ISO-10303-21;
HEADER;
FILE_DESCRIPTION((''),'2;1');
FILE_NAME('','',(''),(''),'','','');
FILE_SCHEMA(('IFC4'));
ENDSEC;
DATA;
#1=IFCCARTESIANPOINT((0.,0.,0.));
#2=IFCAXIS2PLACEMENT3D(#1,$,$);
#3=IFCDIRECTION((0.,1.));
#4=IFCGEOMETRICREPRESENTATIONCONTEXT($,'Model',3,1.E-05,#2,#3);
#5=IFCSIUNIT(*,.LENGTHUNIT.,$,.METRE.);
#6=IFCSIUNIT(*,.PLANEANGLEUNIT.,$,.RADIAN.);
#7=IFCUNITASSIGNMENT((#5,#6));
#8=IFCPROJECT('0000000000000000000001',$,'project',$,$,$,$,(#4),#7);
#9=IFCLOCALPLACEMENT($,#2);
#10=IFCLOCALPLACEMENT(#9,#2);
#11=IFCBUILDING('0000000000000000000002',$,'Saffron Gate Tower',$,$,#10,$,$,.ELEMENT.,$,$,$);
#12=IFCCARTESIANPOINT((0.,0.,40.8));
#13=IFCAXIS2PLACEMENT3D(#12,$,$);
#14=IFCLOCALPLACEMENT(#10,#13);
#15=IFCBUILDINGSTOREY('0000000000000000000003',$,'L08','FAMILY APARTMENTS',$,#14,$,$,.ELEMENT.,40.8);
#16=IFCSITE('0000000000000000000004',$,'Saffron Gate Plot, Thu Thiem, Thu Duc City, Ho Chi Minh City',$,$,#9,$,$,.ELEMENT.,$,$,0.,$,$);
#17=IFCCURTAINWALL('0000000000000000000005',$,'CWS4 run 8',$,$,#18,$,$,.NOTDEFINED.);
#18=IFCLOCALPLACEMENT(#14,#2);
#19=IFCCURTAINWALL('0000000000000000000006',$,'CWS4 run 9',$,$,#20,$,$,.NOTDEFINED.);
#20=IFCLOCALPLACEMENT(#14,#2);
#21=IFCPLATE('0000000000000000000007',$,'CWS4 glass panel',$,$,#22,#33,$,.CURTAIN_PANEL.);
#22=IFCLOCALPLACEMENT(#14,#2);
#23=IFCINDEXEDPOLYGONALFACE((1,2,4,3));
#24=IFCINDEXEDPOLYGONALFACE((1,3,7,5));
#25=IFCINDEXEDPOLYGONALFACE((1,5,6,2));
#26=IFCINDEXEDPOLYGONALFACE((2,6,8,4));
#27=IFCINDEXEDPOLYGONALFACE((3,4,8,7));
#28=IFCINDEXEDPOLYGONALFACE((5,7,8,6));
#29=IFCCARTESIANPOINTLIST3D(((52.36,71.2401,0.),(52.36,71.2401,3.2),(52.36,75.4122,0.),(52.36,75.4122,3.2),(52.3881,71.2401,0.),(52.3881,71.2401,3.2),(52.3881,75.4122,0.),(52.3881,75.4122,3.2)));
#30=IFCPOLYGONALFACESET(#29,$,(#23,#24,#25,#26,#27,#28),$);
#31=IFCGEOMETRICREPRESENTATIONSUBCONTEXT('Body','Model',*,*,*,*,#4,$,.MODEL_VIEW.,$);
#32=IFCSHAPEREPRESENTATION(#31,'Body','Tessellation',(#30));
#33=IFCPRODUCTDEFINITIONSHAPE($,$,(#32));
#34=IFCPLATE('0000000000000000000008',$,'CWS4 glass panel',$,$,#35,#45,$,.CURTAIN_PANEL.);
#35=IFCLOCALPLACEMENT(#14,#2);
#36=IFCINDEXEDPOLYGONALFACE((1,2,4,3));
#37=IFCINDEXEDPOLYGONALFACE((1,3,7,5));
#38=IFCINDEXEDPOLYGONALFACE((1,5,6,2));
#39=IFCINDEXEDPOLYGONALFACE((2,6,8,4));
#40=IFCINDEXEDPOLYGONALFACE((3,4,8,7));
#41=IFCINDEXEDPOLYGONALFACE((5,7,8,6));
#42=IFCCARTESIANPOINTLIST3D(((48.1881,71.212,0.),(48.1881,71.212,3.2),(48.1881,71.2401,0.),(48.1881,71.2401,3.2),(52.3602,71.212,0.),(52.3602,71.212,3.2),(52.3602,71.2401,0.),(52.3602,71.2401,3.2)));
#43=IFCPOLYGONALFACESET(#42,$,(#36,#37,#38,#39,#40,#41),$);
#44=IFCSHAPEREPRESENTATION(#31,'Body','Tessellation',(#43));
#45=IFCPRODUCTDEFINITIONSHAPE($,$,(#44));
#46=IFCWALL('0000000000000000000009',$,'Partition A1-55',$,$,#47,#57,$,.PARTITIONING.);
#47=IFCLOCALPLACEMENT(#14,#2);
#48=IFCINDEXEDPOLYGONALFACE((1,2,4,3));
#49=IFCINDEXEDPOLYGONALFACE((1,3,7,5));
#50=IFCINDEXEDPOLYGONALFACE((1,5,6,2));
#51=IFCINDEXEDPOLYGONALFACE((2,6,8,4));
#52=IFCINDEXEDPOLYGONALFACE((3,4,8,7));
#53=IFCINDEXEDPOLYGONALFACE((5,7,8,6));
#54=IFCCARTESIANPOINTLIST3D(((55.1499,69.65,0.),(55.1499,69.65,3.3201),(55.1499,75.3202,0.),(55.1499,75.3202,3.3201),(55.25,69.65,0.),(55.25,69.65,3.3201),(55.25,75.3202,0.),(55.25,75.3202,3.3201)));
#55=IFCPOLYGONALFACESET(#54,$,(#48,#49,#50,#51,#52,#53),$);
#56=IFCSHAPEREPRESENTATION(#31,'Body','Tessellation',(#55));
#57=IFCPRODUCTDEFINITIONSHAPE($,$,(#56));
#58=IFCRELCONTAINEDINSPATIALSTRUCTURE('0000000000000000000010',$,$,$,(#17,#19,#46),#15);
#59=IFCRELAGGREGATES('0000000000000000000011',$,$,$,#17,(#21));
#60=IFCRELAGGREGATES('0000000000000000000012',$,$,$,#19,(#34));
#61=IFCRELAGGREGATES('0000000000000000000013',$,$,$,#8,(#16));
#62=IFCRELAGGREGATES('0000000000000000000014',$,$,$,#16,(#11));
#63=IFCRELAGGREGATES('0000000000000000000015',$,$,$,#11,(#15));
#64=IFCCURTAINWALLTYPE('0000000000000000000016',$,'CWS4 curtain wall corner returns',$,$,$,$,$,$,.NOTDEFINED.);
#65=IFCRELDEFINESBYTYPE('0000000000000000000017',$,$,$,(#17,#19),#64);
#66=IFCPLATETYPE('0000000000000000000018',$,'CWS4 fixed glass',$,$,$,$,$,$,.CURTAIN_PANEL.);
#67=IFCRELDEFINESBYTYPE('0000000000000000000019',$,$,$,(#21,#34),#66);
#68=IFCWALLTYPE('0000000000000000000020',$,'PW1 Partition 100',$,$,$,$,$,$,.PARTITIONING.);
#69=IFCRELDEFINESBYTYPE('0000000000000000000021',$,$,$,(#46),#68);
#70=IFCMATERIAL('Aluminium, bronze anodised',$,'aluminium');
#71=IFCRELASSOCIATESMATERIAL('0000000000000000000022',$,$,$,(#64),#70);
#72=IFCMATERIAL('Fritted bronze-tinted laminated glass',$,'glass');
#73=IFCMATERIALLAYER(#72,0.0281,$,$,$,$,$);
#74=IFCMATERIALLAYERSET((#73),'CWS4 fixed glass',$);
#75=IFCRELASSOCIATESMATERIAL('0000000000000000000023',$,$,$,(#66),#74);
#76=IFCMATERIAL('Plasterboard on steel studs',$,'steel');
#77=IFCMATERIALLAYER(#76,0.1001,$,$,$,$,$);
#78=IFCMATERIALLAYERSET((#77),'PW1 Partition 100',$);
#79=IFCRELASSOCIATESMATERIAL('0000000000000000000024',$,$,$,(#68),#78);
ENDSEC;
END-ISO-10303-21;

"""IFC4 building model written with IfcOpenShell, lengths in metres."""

from ifc_helpers import new_model, si_unit, direction, frame, frame_2d, origin, place, context, subcontext, project, spatial, rectangle, extrude, material, layer, layer_set, type_object, element, aggregate, save


model = new_model("IFC4")

# Units and contexts
model_context = context("Model", 3, precision=1e-05, world=origin(), true_north=direction((0.0, 1.0)))
body_context = subcontext(model_context, "Body", "Model", "MODEL_VIEW")
ifc_project = project(units=[si_unit("LENGTHUNIT", "METRE"), si_unit("PLANEANGLEUNIT", "RADIAN")], contexts=[model_context])

# Site, building, storey
site_placement = place(None, origin())
site = spatial("IfcSite", under=ifc_project, at=site_placement, Name="Saffron Gate Plot, Thu Thiem, Thu Duc City, Ho Chi Minh City", CompositionType="ELEMENT", RefElevation=0.0)
building_placement = place(site_placement, origin())
building = spatial("IfcBuilding", under=site, at=building_placement, Name="Saffron Gate Tower", CompositionType="ELEMENT")
storey_placement = place(building_placement, frame((0.0, 0.0, 40.8)))
storey = spatial("IfcBuildingStorey", under=building, at=storey_placement, Name="L08", Description="FAMILY APARTMENTS", CompositionType="ELEMENT", Elevation=40.8)

# Shared definitions
ifc_material_1 = material(Name="Aluminium, bronze anodised", Category="aluminium")

# Curtain walls
curtain_wall_type_1 = type_object("IfcCurtainWallType", Name="CWS4 curtain wall corner returns", PredefinedType="NOTDEFINED", material=ifc_material_1)
curtain_wall_1_placement = place(storey_placement, origin())
curtain_wall_1 = element("IfcCurtainWall", 1, at=curtain_wall_1_placement, inside=storey, type_object=curtain_wall_type_1, Name="CWS4 run 8", PredefinedType="NOTDEFINED")
curtain_wall_2_placement = place(storey_placement, origin())
curtain_wall_2 = element("IfcCurtainWall", 2, at=curtain_wall_2_placement, inside=storey, type_object=curtain_wall_type_1, Name="CWS4 run 9", PredefinedType="NOTDEFINED")

# Shared definitions
ifc_material_2 = material(Name="Fritted bronze-tinted laminated glass", Category="glass")

# Plates
ifc_layer_1 = layer(ifc_material_2, 0.0281)
ifc_layer_set_1 = layer_set([ifc_layer_1], Name="CWS4 fixed glass")
plate_type_1 = type_object("IfcPlateType", Name="CWS4 fixed glass", PredefinedType="CURTAIN_PANEL", material=ifc_layer_set_1)
plate_1_placement = place(storey_placement, frame((52.374, 75.4121, 0.0), z_axis=(0.0, 0.0, 1.0), x_axis=(0.0, -1.0, 0.0)))
plate_1 = element("IfcPlate", 3, at=plate_1_placement, type_object=plate_type_1, Name="CWS4 glass panel", PredefinedType="CURTAIN_PANEL", context=body_context, shape_type="SweptSolid", body=[
    extrude(rectangle(XDim=4.1721, YDim=0.0281, at=frame_2d((2.0859, 0.0))), origin(), (0.0, 0.0, 1.0), 3.2),
])
aggregate(curtain_wall_1, [plate_1])
plate_2_placement = place(storey_placement, frame((52.3601, 71.2261, 0.0), z_axis=(0.0, 0.0, 1.0), x_axis=(-1.0, 0.0, 0.0)))
plate_2 = element("IfcPlate", 4, at=plate_2_placement, type_object=plate_type_1, Name="CWS4 glass panel", PredefinedType="CURTAIN_PANEL", context=body_context, shape_type="SweptSolid", body=[
    extrude(rectangle(XDim=4.1721, YDim=0.0281, at=frame_2d((2.0859, 0.0))), origin(), (0.0, 0.0, 1.0), 3.2),
])
aggregate(curtain_wall_2, [plate_2])

# Wall
ifc_material_3 = material(Name="Plasterboard on steel studs", Category="steel")
ifc_layer_2 = layer(ifc_material_3, 0.1001)
ifc_layer_set_2 = layer_set([ifc_layer_2], Name="PW1 Partition 100")
wall_type = type_object("IfcWallType", Name="PW1 Partition 100", PredefinedType="PARTITIONING", material=ifc_layer_set_2)
wall_placement = place(storey_placement, frame((55.2, 75.3201, 0.0), z_axis=(0.0, 0.0, 1.0), x_axis=(0.0, -1.0, 0.0)))
element("IfcWall", 5, at=wall_placement, inside=storey, type_object=wall_type, Name="Partition A1-55", PredefinedType="PARTITIONING", context=body_context, shape_type="SweptSolid", body=[
    extrude(rectangle(XDim=5.6702, YDim=0.1001, at=frame_2d((2.835, 0.0))), origin(), (0.0, 0.0, 1.0), 3.3201),
])

save(model, "model.ifc")
